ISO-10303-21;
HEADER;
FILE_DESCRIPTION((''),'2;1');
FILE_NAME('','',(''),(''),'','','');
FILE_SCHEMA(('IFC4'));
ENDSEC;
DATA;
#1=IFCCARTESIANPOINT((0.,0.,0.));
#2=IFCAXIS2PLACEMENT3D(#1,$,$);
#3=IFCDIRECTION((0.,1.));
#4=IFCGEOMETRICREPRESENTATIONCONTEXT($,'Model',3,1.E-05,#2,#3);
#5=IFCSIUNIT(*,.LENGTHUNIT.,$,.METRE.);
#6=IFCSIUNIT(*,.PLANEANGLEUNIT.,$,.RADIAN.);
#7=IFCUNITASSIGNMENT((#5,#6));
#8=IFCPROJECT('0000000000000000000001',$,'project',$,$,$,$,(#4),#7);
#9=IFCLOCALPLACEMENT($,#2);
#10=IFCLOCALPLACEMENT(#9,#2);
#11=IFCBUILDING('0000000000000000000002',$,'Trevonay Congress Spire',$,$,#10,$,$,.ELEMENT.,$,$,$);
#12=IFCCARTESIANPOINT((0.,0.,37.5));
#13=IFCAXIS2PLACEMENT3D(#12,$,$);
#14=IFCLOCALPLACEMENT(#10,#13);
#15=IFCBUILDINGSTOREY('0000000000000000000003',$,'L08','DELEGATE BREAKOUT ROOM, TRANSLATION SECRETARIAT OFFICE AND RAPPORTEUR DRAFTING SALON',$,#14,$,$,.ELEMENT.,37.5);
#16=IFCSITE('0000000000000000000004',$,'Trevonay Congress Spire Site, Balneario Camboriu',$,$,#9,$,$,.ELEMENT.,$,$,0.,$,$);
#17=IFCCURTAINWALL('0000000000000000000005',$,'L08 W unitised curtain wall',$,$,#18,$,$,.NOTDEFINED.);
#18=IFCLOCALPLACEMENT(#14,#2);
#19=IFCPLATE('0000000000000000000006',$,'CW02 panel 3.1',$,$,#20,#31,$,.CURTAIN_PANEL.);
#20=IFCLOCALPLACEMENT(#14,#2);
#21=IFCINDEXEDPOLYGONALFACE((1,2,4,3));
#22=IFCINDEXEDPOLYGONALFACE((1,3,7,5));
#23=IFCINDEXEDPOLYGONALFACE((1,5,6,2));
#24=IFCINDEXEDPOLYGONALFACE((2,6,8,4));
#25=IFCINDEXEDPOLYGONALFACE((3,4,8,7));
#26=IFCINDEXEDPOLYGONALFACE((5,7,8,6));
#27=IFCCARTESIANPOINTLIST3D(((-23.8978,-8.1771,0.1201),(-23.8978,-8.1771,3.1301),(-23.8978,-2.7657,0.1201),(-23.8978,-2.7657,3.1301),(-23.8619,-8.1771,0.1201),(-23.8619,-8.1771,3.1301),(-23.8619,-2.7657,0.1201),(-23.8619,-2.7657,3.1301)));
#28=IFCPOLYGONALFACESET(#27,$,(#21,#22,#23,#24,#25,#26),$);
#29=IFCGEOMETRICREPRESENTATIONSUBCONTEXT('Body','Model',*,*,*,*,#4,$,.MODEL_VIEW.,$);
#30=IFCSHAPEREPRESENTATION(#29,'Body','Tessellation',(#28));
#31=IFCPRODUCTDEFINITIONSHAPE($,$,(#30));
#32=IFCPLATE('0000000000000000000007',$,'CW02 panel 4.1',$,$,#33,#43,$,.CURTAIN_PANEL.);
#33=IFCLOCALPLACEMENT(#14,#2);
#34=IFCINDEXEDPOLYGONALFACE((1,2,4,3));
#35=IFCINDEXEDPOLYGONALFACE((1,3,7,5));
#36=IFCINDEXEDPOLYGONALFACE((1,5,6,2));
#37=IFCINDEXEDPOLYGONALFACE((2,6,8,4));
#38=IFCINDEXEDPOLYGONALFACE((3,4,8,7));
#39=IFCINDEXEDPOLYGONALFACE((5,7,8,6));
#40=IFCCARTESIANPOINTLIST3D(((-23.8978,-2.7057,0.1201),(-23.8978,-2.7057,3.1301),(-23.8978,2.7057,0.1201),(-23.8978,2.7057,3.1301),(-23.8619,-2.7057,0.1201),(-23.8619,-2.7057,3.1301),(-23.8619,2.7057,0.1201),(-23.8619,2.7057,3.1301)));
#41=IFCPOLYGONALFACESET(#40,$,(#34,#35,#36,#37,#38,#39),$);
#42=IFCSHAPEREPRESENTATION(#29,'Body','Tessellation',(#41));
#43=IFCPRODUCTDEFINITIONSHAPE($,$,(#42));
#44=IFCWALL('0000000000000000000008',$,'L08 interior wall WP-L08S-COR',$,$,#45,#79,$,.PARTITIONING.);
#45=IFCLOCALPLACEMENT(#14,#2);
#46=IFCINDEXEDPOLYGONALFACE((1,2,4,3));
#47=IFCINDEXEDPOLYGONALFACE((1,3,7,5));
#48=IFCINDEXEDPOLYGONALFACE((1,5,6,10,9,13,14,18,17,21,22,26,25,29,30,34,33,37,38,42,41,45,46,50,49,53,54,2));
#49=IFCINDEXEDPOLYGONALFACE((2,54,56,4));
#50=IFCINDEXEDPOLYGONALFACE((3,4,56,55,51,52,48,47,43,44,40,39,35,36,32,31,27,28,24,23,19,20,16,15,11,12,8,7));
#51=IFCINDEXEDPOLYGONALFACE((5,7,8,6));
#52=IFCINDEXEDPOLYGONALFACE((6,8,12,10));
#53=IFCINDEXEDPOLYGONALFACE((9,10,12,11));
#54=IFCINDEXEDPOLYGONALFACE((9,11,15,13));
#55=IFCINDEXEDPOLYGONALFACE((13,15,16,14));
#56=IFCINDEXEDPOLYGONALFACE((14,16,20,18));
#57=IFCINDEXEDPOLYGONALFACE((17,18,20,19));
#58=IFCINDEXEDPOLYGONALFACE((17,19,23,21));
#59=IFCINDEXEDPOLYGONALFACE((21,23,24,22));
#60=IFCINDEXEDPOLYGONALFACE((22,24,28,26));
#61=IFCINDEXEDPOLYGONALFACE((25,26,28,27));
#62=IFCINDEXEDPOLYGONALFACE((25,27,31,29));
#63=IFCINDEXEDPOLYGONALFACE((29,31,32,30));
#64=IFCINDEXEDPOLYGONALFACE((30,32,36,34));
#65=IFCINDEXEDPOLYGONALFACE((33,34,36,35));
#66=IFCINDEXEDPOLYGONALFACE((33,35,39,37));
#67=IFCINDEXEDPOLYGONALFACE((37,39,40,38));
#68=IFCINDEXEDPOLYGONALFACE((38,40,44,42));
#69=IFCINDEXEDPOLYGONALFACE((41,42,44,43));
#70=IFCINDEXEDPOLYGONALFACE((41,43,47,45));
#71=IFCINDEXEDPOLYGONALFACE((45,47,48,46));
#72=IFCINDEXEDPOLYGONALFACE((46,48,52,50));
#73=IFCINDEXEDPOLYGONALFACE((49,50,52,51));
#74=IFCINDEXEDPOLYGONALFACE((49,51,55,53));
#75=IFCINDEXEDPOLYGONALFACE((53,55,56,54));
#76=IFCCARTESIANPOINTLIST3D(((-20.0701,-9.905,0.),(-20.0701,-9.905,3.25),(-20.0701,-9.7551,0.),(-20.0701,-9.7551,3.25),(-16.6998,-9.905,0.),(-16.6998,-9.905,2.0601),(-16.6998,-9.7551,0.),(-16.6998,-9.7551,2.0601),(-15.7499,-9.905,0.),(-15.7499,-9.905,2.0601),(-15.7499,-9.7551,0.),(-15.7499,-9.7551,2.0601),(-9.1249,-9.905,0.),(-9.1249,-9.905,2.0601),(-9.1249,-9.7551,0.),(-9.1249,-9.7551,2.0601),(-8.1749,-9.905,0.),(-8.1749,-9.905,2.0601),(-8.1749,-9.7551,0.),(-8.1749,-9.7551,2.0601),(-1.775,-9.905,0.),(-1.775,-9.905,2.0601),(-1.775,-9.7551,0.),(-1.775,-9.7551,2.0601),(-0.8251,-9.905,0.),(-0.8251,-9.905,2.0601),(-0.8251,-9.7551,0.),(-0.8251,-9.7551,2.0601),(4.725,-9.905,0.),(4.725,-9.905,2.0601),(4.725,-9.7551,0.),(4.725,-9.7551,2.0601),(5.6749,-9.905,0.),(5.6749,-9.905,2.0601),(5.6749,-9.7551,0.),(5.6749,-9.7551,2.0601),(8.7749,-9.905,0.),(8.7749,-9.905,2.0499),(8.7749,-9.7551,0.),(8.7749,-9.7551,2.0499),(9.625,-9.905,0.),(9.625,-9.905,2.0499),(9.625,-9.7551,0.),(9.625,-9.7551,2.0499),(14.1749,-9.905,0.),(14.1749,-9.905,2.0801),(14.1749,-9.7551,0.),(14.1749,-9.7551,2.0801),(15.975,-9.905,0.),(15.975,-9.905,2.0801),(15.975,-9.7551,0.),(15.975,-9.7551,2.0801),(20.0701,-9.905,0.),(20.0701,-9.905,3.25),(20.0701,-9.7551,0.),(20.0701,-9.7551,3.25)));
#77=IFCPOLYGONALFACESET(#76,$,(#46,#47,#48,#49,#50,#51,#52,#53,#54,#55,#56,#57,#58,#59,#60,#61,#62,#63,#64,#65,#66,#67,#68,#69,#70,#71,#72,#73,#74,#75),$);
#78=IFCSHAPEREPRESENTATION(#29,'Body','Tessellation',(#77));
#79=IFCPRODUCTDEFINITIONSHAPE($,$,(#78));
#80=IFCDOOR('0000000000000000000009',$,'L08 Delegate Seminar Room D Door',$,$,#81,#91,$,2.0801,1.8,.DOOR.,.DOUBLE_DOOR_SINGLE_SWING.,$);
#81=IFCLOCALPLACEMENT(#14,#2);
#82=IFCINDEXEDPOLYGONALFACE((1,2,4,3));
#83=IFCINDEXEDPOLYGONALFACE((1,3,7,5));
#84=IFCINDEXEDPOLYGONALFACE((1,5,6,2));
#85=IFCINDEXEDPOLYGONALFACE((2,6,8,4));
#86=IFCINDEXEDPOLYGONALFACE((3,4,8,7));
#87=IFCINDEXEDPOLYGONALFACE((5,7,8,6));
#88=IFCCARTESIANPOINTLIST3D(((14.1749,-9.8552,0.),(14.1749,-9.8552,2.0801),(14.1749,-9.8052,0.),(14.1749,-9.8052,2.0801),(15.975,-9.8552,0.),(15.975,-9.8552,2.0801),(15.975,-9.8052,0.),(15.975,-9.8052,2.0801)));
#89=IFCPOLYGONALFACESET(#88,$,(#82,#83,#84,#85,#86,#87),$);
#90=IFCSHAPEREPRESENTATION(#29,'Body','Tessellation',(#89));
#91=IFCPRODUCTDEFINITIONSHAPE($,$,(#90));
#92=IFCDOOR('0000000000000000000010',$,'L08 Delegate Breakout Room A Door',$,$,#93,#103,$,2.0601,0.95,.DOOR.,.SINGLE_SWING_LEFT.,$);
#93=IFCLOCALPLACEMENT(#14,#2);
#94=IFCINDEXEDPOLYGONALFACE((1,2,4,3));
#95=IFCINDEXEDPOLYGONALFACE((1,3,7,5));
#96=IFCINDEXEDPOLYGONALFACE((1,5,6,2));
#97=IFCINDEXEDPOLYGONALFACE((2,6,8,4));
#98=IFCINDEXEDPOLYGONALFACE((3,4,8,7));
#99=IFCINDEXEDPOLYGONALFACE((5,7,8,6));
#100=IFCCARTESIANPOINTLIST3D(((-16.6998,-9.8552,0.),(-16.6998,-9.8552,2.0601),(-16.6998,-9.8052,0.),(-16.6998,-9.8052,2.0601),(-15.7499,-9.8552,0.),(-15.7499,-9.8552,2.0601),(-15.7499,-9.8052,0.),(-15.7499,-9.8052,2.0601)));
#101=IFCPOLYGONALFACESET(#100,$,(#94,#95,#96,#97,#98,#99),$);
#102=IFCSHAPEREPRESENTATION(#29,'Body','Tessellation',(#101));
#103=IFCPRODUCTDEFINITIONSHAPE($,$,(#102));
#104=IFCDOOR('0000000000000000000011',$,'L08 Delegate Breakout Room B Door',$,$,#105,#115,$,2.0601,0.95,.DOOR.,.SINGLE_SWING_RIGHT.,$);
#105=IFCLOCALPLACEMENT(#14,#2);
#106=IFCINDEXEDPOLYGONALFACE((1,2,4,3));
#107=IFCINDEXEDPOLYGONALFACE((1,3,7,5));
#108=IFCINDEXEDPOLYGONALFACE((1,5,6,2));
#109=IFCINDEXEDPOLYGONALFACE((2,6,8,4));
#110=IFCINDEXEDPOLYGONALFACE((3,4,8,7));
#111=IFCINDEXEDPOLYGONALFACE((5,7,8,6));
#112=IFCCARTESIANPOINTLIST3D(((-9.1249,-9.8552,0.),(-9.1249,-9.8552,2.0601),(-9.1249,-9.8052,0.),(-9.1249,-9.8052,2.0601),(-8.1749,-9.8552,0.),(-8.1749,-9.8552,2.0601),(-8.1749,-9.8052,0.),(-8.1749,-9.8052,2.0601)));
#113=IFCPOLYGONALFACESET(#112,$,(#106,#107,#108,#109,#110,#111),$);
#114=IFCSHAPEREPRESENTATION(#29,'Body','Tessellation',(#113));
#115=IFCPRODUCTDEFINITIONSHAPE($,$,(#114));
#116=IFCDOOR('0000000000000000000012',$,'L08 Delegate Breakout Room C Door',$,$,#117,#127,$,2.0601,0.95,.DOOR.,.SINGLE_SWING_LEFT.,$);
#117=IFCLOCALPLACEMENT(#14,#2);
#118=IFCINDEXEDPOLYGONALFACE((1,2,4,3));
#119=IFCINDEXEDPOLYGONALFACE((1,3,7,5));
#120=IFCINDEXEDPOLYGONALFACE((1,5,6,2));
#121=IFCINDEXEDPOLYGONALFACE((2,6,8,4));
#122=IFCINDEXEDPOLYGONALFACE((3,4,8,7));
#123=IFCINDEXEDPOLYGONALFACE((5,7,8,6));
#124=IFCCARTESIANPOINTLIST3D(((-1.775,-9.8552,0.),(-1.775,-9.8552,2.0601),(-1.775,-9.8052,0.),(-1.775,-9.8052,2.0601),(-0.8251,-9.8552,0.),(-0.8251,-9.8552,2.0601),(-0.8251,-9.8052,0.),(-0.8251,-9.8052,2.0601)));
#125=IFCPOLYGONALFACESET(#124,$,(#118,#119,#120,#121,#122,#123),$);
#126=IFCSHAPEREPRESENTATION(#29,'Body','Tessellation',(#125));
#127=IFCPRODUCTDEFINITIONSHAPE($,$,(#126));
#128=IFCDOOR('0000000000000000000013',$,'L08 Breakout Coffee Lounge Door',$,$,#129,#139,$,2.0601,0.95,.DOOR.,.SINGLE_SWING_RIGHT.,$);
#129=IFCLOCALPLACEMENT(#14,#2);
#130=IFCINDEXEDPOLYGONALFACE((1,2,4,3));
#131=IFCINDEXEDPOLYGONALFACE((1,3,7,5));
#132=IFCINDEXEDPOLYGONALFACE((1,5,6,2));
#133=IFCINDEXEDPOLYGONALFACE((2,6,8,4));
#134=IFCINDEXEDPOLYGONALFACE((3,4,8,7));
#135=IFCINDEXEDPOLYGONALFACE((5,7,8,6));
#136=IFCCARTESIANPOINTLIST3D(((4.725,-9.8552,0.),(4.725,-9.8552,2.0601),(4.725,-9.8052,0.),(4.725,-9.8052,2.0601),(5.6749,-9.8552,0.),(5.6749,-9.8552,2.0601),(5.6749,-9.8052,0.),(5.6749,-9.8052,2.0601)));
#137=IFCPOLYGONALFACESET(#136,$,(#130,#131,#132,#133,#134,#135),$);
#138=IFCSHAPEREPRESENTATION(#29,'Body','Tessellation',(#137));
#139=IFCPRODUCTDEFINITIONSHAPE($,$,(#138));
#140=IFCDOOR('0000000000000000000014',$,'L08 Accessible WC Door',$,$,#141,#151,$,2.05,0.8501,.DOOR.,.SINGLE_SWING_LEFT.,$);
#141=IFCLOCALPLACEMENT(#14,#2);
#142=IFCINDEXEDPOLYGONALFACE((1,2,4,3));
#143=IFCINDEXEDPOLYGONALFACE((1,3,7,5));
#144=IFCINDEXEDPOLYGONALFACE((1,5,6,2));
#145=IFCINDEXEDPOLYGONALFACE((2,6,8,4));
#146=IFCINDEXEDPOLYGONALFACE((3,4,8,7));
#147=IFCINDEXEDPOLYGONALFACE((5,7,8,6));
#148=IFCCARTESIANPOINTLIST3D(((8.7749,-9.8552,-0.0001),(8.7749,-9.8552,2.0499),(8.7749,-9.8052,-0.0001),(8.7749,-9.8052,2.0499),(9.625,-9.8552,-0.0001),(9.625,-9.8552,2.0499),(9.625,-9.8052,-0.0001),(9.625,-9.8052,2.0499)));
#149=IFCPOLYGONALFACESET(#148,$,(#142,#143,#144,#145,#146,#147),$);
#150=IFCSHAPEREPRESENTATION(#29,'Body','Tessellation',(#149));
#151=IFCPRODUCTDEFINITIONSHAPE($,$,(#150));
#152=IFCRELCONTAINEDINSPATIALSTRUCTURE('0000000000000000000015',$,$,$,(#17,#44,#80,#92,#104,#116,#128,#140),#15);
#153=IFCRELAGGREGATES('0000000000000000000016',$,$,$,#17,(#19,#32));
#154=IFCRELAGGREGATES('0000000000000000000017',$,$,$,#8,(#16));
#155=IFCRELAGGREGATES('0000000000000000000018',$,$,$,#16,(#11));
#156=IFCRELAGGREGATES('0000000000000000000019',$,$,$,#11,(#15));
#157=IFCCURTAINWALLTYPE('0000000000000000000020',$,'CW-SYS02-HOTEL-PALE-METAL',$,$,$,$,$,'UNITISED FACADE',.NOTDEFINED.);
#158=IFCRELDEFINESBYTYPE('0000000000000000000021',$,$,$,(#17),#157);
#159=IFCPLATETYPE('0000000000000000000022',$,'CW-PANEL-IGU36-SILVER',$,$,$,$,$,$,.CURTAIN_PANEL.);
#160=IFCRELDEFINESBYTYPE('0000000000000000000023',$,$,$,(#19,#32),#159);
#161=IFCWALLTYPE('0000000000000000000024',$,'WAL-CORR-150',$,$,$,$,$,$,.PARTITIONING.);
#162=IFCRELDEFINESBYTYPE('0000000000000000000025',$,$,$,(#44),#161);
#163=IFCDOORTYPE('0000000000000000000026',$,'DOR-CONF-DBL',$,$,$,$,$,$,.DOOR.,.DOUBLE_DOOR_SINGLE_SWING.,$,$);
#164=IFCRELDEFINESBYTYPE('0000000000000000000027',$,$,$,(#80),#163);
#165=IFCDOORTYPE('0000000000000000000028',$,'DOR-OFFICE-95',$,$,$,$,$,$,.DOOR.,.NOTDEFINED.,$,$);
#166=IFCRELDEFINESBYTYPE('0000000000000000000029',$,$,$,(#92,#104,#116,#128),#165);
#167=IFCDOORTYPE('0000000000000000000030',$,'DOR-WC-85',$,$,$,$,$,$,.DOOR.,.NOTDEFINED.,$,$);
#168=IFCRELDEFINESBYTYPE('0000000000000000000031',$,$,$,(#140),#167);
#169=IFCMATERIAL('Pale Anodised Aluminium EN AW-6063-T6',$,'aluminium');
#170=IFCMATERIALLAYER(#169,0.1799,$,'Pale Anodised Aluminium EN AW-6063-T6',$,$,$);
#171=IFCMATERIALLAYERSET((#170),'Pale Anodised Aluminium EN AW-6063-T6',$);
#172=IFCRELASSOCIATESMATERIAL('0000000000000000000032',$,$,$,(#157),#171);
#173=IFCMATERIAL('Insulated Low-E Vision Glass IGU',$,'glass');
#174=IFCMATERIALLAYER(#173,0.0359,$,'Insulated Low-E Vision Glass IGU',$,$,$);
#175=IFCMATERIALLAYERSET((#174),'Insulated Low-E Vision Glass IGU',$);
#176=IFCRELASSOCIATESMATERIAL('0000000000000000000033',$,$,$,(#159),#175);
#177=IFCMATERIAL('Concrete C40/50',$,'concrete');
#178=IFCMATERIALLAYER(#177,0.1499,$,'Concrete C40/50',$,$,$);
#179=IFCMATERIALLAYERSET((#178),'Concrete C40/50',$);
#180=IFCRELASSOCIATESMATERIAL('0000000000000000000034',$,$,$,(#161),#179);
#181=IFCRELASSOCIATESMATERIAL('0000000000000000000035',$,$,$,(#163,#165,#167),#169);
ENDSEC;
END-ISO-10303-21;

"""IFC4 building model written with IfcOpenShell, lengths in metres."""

from ifc_helpers import new_model, si_unit, direction, frame, frame_2d, origin, origin_2d, place, context, subcontext, project, spatial, rectangle, extrude, material, layer, layer_set, type_object, element, fill, aggregate, save


model = new_model("IFC4")

# Units and contexts
model_context = context("Model", 3, precision=1e-05, world=origin(), true_north=direction((0.0, 1.0)))
body_context = subcontext(model_context, "Body", "Model", "MODEL_VIEW")
ifc_project = project(units=[si_unit("LENGTHUNIT", "METRE"), si_unit("PLANEANGLEUNIT", "RADIAN")], contexts=[model_context])

# Site, building, storey
site_placement = place(None, origin())
site = spatial("IfcSite", under=ifc_project, at=site_placement, Name="Trevonay Congress Spire Site, Balneario Camboriu", CompositionType="ELEMENT", RefElevation=0.0)
building_placement = place(site_placement, origin())
building = spatial("IfcBuilding", under=site, at=building_placement, Name="Trevonay Congress Spire", CompositionType="ELEMENT")
storey_placement = place(building_placement, frame((0.0, 0.0, 37.5)))
storey = spatial("IfcBuildingStorey", under=building, at=storey_placement, Name="L08", Description="DELEGATE BREAKOUT ROOM, TRANSLATION SECRETARIAT OFFICE AND RAPPORTEUR DRAFTING SALON", CompositionType="ELEMENT", Elevation=37.5)

# Curtain wall, plates
ifc_material_1 = material(Name="Pale Anodised Aluminium EN AW-6063-T6", Category="aluminium")
ifc_layer_1 = layer(ifc_material_1, 0.1799, Name="Pale Anodised Aluminium EN AW-6063-T6")
ifc_layer_set_1 = layer_set([ifc_layer_1], Name="Pale Anodised Aluminium EN AW-6063-T6")
curtain_wall_type = type_object("IfcCurtainWallType", Name="CW-SYS02-HOTEL-PALE-METAL", ElementType="UNITISED FACADE", PredefinedType="NOTDEFINED", material=ifc_layer_set_1)
curtain_wall_placement = place(storey_placement, origin())
curtain_wall = element("IfcCurtainWall", 1, at=curtain_wall_placement, inside=storey, type_object=curtain_wall_type, Name="L08 W unitised curtain wall", PredefinedType="NOTDEFINED")
ifc_material_2 = material(Name="Insulated Low-E Vision Glass IGU", Category="glass")
ifc_layer_2 = layer(ifc_material_2, 0.0359, Name="Insulated Low-E Vision Glass IGU")
ifc_layer_set_2 = layer_set([ifc_layer_2], Name="Insulated Low-E Vision Glass IGU")
plate_type = type_object("IfcPlateType", Name="CW-PANEL-IGU36-SILVER", PredefinedType="CURTAIN_PANEL", material=ifc_layer_set_2)
plate_1_placement = place(storey_placement, frame((-23.8799, -5.4714, 0.1201), z_axis=(0.0, 0.0, 1.0), x_axis=(0.0, 1.0, 0.0)))
plate_1 = element("IfcPlate", 2, at=plate_1_placement, type_object=plate_type, Name="CW02 panel 3.1", PredefinedType="CURTAIN_PANEL", context=body_context, shape_type="SweptSolid", body=[
    extrude(rectangle(XDim=5.4114, YDim=0.0359, at=origin_2d()), origin(), (0.0, 0.0, 1.0), 3.01),
])
plate_2_placement = place(storey_placement, frame((-23.8799, 0.0, 0.1201), z_axis=(0.0, 0.0, 1.0), x_axis=(0.0, 1.0, 0.0)))
plate_2 = element("IfcPlate", 3, at=plate_2_placement, type_object=plate_type, Name="CW02 panel 4.1", PredefinedType="CURTAIN_PANEL", context=body_context, shape_type="SweptSolid", body=[
    extrude(rectangle(XDim=5.4114, YDim=0.0359, at=origin_2d()), origin(), (0.0, 0.0, 1.0), 3.01),
])
aggregate(curtain_wall, [plate_1, plate_2])

# Wall, openings, doors
ifc_material_3 = material(Name="Concrete C40/50", Category="concrete")
ifc_layer_3 = layer(ifc_material_3, 0.1499, Name="Concrete C40/50")
ifc_layer_set_3 = layer_set([ifc_layer_3], Name="Concrete C40/50")
wall_type_1 = type_object("IfcWallType", Name="WAL-CORR-150", PredefinedType="PARTITIONING", material=ifc_layer_set_3)
wall_1_placement = place(storey_placement, frame((-20.0701, -9.8301, 0.0), z_axis=(0.0, 0.0, 1.0), x_axis=(1.0, 0.0, 0.0)))
wall_1 = element("IfcWall", 4, at=wall_1_placement, inside=storey, type_object=wall_type_1, Name="L08 interior wall WP-L08S-COR", PredefinedType="PARTITIONING", context=body_context, shape_type="SweptSolid", body=[
    extrude(rectangle(XDim=40.1401, YDim=0.1499, at=frame_2d((20.0701, 0.0))), origin(), (0.0, 0.0, 1.0), 3.25),
])
opening_1_placement = place(wall_1_placement, frame((3.3701, 0.0, 0.0)))
opening_1 = element("IfcOpeningElement", 5, at=opening_1_placement, cuts=wall_1, PredefinedType="OPENING", context=body_context, shape_type="SweptSolid", body=[
    extrude(rectangle(XDim=0.95, YDim=2.0601, at=frame_2d((0.4751, 1.03))), frame((0.0, 0.085, 0.0), z_axis=(0.0, -1.0, 0.0), x_axis=(1.0, 0.0, 0.0)), (0.0, 0.0, 1.0), 0.1699),
])
opening_2_placement = place(wall_1_placement, frame((10.9451, 0.0, 0.0)))
opening_2 = element("IfcOpeningElement", 6, at=opening_2_placement, cuts=wall_1, PredefinedType="OPENING", context=body_context, shape_type="SweptSolid", body=[
    extrude(rectangle(XDim=0.95, YDim=2.0601, at=frame_2d((0.4751, 1.03))), frame((0.0, 0.085, 0.0), z_axis=(0.0, -1.0, 0.0), x_axis=(1.0, 0.0, 0.0)), (0.0, 0.0, 1.0), 0.1699),
])
opening_3_placement = place(wall_1_placement, frame((18.2949, 0.0, 0.0)))
opening_3 = element("IfcOpeningElement", 7, at=opening_3_placement, cuts=wall_1, PredefinedType="OPENING", context=body_context, shape_type="SweptSolid", body=[
    extrude(rectangle(XDim=0.95, YDim=2.0601, at=frame_2d((0.4751, 1.03))), frame((0.0, 0.085, 0.0), z_axis=(0.0, -1.0, 0.0), x_axis=(1.0, 0.0, 0.0)), (0.0, 0.0, 1.0), 0.1699),
])
opening_4_placement = place(wall_1_placement, frame((24.7949, 0.0, 0.0)))
opening_4 = element("IfcOpeningElement", 8, at=opening_4_placement, cuts=wall_1, PredefinedType="OPENING", context=body_context, shape_type="SweptSolid", body=[
    extrude(rectangle(XDim=0.95, YDim=2.0601, at=frame_2d((0.4751, 1.03))), frame((0.0, 0.085, 0.0), z_axis=(0.0, -1.0, 0.0), x_axis=(1.0, 0.0, 0.0)), (0.0, 0.0, 1.0), 0.1699),
])
opening_5_placement = place(wall_1_placement, frame((28.845, 0.0, 0.0)))
opening_5 = element("IfcOpeningElement", 9, at=opening_5_placement, cuts=wall_1, PredefinedType="OPENING", context=body_context, shape_type="SweptSolid", body=[
    extrude(rectangle(XDim=0.8501, YDim=2.05, at=frame_2d((0.425, 1.0249))), frame((0.0, 0.085, 0.0), z_axis=(0.0, -1.0, 0.0), x_axis=(1.0, 0.0, 0.0)), (0.0, 0.0, 1.0), 0.1699),
])
opening_6_placement = place(wall_1_placement, frame((34.2451, 0.0, 0.0)))
opening_6 = element("IfcOpeningElement", 10, at=opening_6_placement, cuts=wall_1, PredefinedType="OPENING", context=body_context, shape_type="SweptSolid", body=[
    extrude(rectangle(XDim=1.8, YDim=2.0801, at=frame_2d((0.8999, 1.04))), frame((0.0, 0.085, 0.0), z_axis=(0.0, -1.0, 0.0), x_axis=(1.0, 0.0, 0.0)), (0.0, 0.0, 1.0), 0.1699),
])
door_type_1 = type_object("IfcDoorType", Name="DOR-CONF-DBL", OperationType="DOUBLE_DOOR_SINGLE_SWING", PredefinedType="DOOR", material=ifc_material_1)
door_1_placement = place(opening_6_placement, origin())
door_1 = element("IfcDoor", 11, at=door_1_placement, inside=storey, type_object=door_type_1, Name="L08 Delegate Seminar Room D Door", OperationType="DOUBLE_DOOR_SINGLE_SWING", OverallHeight=2.0801, OverallWidth=1.8, PredefinedType="DOOR", context=body_context, shape_type="SweptSolid", body=[
    extrude(rectangle(XDim=1.8, YDim=2.0801, at=frame_2d((0.8999, 1.04))), frame((0.0, 0.0249, 0.0), z_axis=(0.0, -1.0, 0.0), x_axis=(1.0, 0.0, 0.0)), (0.0, 0.0, 1.0), 0.05),
])
fill(opening_6, door_1)
door_type_2 = type_object("IfcDoorType", Name="DOR-OFFICE-95", OperationType="NOTDEFINED", PredefinedType="DOOR", material=ifc_material_1)
door_2_placement = place(opening_1_placement, origin())
door_2 = element("IfcDoor", 12, at=door_2_placement, inside=storey, type_object=door_type_2, Name="L08 Delegate Breakout Room A Door", OperationType="SINGLE_SWING_LEFT", OverallHeight=2.0601, OverallWidth=0.95, PredefinedType="DOOR", context=body_context, shape_type="SweptSolid", body=[
    extrude(rectangle(XDim=0.95, YDim=2.0601, at=frame_2d((0.4751, 1.03))), frame((0.0, 0.0249, 0.0), z_axis=(0.0, -1.0, 0.0), x_axis=(1.0, 0.0, 0.0)), (0.0, 0.0, 1.0), 0.05),
])
fill(opening_1, door_2)
door_3_placement = place(opening_2_placement, origin())
door_3 = element("IfcDoor", 13, at=door_3_placement, inside=storey, type_object=door_type_2, Name="L08 Delegate Breakout Room B Door", OperationType="SINGLE_SWING_RIGHT", OverallHeight=2.0601, OverallWidth=0.95, PredefinedType="DOOR", context=body_context, shape_type="SweptSolid", body=[
    extrude(rectangle(XDim=0.95, YDim=2.0601, at=frame_2d((0.4751, 1.03))), frame((0.0, 0.0249, 0.0), z_axis=(0.0, -1.0, 0.0), x_axis=(1.0, 0.0, 0.0)), (0.0, 0.0, 1.0), 0.05),
])
fill(opening_2, door_3)
door_4_placement = place(opening_3_placement, origin())
door_4 = element("IfcDoor", 14, at=door_4_placement, inside=storey, type_object=door_type_2, Name="L08 Delegate Breakout Room C Door", OperationType="SINGLE_SWING_LEFT", OverallHeight=2.0601, OverallWidth=0.95, PredefinedType="DOOR", context=body_context, shape_type="SweptSolid", body=[
    extrude(rectangle(XDim=0.95, YDim=2.0601, at=frame_2d((0.4751, 1.03))), frame((0.0, 0.0249, 0.0), z_axis=(0.0, -1.0, 0.0), x_axis=(1.0, 0.0, 0.0)), (0.0, 0.0, 1.0), 0.05),
])
fill(opening_3, door_4)
door_5_placement = place(opening_4_placement, origin())
door_5 = element("IfcDoor", 15, at=door_5_placement, inside=storey, type_object=door_type_2, Name="L08 Breakout Coffee Lounge Door", OperationType="SINGLE_SWING_RIGHT", OverallHeight=2.0601, OverallWidth=0.95, PredefinedType="DOOR", context=body_context, shape_type="SweptSolid", body=[
    extrude(rectangle(XDim=0.95, YDim=2.0601, at=frame_2d((0.4751, 1.03))), frame((0.0, 0.0249, 0.0), z_axis=(0.0, -1.0, 0.0), x_axis=(1.0, 0.0, 0.0)), (0.0, 0.0, 1.0), 0.05),
])
fill(opening_4, door_5)
door_type_3 = type_object("IfcDoorType", Name="DOR-WC-85", OperationType="NOTDEFINED", PredefinedType="DOOR", material=ifc_material_1)
door_6_placement = place(opening_5_placement, origin())
door_6 = element("IfcDoor", 16, at=door_6_placement, inside=storey, type_object=door_type_3, Name="L08 Accessible WC Door", OperationType="SINGLE_SWING_LEFT", OverallHeight=2.05, OverallWidth=0.8501, PredefinedType="DOOR", context=body_context, shape_type="SweptSolid", body=[
    extrude(rectangle(XDim=0.8501, YDim=2.05, at=frame_2d((0.425, 1.0249))), frame((0.0, 0.0249, 0.0), z_axis=(0.0, -1.0, 0.0), x_axis=(1.0, 0.0, 0.0)), (0.0, 0.0, 1.0), 0.05),
])
fill(opening_5, door_6)

save(model, "model.ifc")
